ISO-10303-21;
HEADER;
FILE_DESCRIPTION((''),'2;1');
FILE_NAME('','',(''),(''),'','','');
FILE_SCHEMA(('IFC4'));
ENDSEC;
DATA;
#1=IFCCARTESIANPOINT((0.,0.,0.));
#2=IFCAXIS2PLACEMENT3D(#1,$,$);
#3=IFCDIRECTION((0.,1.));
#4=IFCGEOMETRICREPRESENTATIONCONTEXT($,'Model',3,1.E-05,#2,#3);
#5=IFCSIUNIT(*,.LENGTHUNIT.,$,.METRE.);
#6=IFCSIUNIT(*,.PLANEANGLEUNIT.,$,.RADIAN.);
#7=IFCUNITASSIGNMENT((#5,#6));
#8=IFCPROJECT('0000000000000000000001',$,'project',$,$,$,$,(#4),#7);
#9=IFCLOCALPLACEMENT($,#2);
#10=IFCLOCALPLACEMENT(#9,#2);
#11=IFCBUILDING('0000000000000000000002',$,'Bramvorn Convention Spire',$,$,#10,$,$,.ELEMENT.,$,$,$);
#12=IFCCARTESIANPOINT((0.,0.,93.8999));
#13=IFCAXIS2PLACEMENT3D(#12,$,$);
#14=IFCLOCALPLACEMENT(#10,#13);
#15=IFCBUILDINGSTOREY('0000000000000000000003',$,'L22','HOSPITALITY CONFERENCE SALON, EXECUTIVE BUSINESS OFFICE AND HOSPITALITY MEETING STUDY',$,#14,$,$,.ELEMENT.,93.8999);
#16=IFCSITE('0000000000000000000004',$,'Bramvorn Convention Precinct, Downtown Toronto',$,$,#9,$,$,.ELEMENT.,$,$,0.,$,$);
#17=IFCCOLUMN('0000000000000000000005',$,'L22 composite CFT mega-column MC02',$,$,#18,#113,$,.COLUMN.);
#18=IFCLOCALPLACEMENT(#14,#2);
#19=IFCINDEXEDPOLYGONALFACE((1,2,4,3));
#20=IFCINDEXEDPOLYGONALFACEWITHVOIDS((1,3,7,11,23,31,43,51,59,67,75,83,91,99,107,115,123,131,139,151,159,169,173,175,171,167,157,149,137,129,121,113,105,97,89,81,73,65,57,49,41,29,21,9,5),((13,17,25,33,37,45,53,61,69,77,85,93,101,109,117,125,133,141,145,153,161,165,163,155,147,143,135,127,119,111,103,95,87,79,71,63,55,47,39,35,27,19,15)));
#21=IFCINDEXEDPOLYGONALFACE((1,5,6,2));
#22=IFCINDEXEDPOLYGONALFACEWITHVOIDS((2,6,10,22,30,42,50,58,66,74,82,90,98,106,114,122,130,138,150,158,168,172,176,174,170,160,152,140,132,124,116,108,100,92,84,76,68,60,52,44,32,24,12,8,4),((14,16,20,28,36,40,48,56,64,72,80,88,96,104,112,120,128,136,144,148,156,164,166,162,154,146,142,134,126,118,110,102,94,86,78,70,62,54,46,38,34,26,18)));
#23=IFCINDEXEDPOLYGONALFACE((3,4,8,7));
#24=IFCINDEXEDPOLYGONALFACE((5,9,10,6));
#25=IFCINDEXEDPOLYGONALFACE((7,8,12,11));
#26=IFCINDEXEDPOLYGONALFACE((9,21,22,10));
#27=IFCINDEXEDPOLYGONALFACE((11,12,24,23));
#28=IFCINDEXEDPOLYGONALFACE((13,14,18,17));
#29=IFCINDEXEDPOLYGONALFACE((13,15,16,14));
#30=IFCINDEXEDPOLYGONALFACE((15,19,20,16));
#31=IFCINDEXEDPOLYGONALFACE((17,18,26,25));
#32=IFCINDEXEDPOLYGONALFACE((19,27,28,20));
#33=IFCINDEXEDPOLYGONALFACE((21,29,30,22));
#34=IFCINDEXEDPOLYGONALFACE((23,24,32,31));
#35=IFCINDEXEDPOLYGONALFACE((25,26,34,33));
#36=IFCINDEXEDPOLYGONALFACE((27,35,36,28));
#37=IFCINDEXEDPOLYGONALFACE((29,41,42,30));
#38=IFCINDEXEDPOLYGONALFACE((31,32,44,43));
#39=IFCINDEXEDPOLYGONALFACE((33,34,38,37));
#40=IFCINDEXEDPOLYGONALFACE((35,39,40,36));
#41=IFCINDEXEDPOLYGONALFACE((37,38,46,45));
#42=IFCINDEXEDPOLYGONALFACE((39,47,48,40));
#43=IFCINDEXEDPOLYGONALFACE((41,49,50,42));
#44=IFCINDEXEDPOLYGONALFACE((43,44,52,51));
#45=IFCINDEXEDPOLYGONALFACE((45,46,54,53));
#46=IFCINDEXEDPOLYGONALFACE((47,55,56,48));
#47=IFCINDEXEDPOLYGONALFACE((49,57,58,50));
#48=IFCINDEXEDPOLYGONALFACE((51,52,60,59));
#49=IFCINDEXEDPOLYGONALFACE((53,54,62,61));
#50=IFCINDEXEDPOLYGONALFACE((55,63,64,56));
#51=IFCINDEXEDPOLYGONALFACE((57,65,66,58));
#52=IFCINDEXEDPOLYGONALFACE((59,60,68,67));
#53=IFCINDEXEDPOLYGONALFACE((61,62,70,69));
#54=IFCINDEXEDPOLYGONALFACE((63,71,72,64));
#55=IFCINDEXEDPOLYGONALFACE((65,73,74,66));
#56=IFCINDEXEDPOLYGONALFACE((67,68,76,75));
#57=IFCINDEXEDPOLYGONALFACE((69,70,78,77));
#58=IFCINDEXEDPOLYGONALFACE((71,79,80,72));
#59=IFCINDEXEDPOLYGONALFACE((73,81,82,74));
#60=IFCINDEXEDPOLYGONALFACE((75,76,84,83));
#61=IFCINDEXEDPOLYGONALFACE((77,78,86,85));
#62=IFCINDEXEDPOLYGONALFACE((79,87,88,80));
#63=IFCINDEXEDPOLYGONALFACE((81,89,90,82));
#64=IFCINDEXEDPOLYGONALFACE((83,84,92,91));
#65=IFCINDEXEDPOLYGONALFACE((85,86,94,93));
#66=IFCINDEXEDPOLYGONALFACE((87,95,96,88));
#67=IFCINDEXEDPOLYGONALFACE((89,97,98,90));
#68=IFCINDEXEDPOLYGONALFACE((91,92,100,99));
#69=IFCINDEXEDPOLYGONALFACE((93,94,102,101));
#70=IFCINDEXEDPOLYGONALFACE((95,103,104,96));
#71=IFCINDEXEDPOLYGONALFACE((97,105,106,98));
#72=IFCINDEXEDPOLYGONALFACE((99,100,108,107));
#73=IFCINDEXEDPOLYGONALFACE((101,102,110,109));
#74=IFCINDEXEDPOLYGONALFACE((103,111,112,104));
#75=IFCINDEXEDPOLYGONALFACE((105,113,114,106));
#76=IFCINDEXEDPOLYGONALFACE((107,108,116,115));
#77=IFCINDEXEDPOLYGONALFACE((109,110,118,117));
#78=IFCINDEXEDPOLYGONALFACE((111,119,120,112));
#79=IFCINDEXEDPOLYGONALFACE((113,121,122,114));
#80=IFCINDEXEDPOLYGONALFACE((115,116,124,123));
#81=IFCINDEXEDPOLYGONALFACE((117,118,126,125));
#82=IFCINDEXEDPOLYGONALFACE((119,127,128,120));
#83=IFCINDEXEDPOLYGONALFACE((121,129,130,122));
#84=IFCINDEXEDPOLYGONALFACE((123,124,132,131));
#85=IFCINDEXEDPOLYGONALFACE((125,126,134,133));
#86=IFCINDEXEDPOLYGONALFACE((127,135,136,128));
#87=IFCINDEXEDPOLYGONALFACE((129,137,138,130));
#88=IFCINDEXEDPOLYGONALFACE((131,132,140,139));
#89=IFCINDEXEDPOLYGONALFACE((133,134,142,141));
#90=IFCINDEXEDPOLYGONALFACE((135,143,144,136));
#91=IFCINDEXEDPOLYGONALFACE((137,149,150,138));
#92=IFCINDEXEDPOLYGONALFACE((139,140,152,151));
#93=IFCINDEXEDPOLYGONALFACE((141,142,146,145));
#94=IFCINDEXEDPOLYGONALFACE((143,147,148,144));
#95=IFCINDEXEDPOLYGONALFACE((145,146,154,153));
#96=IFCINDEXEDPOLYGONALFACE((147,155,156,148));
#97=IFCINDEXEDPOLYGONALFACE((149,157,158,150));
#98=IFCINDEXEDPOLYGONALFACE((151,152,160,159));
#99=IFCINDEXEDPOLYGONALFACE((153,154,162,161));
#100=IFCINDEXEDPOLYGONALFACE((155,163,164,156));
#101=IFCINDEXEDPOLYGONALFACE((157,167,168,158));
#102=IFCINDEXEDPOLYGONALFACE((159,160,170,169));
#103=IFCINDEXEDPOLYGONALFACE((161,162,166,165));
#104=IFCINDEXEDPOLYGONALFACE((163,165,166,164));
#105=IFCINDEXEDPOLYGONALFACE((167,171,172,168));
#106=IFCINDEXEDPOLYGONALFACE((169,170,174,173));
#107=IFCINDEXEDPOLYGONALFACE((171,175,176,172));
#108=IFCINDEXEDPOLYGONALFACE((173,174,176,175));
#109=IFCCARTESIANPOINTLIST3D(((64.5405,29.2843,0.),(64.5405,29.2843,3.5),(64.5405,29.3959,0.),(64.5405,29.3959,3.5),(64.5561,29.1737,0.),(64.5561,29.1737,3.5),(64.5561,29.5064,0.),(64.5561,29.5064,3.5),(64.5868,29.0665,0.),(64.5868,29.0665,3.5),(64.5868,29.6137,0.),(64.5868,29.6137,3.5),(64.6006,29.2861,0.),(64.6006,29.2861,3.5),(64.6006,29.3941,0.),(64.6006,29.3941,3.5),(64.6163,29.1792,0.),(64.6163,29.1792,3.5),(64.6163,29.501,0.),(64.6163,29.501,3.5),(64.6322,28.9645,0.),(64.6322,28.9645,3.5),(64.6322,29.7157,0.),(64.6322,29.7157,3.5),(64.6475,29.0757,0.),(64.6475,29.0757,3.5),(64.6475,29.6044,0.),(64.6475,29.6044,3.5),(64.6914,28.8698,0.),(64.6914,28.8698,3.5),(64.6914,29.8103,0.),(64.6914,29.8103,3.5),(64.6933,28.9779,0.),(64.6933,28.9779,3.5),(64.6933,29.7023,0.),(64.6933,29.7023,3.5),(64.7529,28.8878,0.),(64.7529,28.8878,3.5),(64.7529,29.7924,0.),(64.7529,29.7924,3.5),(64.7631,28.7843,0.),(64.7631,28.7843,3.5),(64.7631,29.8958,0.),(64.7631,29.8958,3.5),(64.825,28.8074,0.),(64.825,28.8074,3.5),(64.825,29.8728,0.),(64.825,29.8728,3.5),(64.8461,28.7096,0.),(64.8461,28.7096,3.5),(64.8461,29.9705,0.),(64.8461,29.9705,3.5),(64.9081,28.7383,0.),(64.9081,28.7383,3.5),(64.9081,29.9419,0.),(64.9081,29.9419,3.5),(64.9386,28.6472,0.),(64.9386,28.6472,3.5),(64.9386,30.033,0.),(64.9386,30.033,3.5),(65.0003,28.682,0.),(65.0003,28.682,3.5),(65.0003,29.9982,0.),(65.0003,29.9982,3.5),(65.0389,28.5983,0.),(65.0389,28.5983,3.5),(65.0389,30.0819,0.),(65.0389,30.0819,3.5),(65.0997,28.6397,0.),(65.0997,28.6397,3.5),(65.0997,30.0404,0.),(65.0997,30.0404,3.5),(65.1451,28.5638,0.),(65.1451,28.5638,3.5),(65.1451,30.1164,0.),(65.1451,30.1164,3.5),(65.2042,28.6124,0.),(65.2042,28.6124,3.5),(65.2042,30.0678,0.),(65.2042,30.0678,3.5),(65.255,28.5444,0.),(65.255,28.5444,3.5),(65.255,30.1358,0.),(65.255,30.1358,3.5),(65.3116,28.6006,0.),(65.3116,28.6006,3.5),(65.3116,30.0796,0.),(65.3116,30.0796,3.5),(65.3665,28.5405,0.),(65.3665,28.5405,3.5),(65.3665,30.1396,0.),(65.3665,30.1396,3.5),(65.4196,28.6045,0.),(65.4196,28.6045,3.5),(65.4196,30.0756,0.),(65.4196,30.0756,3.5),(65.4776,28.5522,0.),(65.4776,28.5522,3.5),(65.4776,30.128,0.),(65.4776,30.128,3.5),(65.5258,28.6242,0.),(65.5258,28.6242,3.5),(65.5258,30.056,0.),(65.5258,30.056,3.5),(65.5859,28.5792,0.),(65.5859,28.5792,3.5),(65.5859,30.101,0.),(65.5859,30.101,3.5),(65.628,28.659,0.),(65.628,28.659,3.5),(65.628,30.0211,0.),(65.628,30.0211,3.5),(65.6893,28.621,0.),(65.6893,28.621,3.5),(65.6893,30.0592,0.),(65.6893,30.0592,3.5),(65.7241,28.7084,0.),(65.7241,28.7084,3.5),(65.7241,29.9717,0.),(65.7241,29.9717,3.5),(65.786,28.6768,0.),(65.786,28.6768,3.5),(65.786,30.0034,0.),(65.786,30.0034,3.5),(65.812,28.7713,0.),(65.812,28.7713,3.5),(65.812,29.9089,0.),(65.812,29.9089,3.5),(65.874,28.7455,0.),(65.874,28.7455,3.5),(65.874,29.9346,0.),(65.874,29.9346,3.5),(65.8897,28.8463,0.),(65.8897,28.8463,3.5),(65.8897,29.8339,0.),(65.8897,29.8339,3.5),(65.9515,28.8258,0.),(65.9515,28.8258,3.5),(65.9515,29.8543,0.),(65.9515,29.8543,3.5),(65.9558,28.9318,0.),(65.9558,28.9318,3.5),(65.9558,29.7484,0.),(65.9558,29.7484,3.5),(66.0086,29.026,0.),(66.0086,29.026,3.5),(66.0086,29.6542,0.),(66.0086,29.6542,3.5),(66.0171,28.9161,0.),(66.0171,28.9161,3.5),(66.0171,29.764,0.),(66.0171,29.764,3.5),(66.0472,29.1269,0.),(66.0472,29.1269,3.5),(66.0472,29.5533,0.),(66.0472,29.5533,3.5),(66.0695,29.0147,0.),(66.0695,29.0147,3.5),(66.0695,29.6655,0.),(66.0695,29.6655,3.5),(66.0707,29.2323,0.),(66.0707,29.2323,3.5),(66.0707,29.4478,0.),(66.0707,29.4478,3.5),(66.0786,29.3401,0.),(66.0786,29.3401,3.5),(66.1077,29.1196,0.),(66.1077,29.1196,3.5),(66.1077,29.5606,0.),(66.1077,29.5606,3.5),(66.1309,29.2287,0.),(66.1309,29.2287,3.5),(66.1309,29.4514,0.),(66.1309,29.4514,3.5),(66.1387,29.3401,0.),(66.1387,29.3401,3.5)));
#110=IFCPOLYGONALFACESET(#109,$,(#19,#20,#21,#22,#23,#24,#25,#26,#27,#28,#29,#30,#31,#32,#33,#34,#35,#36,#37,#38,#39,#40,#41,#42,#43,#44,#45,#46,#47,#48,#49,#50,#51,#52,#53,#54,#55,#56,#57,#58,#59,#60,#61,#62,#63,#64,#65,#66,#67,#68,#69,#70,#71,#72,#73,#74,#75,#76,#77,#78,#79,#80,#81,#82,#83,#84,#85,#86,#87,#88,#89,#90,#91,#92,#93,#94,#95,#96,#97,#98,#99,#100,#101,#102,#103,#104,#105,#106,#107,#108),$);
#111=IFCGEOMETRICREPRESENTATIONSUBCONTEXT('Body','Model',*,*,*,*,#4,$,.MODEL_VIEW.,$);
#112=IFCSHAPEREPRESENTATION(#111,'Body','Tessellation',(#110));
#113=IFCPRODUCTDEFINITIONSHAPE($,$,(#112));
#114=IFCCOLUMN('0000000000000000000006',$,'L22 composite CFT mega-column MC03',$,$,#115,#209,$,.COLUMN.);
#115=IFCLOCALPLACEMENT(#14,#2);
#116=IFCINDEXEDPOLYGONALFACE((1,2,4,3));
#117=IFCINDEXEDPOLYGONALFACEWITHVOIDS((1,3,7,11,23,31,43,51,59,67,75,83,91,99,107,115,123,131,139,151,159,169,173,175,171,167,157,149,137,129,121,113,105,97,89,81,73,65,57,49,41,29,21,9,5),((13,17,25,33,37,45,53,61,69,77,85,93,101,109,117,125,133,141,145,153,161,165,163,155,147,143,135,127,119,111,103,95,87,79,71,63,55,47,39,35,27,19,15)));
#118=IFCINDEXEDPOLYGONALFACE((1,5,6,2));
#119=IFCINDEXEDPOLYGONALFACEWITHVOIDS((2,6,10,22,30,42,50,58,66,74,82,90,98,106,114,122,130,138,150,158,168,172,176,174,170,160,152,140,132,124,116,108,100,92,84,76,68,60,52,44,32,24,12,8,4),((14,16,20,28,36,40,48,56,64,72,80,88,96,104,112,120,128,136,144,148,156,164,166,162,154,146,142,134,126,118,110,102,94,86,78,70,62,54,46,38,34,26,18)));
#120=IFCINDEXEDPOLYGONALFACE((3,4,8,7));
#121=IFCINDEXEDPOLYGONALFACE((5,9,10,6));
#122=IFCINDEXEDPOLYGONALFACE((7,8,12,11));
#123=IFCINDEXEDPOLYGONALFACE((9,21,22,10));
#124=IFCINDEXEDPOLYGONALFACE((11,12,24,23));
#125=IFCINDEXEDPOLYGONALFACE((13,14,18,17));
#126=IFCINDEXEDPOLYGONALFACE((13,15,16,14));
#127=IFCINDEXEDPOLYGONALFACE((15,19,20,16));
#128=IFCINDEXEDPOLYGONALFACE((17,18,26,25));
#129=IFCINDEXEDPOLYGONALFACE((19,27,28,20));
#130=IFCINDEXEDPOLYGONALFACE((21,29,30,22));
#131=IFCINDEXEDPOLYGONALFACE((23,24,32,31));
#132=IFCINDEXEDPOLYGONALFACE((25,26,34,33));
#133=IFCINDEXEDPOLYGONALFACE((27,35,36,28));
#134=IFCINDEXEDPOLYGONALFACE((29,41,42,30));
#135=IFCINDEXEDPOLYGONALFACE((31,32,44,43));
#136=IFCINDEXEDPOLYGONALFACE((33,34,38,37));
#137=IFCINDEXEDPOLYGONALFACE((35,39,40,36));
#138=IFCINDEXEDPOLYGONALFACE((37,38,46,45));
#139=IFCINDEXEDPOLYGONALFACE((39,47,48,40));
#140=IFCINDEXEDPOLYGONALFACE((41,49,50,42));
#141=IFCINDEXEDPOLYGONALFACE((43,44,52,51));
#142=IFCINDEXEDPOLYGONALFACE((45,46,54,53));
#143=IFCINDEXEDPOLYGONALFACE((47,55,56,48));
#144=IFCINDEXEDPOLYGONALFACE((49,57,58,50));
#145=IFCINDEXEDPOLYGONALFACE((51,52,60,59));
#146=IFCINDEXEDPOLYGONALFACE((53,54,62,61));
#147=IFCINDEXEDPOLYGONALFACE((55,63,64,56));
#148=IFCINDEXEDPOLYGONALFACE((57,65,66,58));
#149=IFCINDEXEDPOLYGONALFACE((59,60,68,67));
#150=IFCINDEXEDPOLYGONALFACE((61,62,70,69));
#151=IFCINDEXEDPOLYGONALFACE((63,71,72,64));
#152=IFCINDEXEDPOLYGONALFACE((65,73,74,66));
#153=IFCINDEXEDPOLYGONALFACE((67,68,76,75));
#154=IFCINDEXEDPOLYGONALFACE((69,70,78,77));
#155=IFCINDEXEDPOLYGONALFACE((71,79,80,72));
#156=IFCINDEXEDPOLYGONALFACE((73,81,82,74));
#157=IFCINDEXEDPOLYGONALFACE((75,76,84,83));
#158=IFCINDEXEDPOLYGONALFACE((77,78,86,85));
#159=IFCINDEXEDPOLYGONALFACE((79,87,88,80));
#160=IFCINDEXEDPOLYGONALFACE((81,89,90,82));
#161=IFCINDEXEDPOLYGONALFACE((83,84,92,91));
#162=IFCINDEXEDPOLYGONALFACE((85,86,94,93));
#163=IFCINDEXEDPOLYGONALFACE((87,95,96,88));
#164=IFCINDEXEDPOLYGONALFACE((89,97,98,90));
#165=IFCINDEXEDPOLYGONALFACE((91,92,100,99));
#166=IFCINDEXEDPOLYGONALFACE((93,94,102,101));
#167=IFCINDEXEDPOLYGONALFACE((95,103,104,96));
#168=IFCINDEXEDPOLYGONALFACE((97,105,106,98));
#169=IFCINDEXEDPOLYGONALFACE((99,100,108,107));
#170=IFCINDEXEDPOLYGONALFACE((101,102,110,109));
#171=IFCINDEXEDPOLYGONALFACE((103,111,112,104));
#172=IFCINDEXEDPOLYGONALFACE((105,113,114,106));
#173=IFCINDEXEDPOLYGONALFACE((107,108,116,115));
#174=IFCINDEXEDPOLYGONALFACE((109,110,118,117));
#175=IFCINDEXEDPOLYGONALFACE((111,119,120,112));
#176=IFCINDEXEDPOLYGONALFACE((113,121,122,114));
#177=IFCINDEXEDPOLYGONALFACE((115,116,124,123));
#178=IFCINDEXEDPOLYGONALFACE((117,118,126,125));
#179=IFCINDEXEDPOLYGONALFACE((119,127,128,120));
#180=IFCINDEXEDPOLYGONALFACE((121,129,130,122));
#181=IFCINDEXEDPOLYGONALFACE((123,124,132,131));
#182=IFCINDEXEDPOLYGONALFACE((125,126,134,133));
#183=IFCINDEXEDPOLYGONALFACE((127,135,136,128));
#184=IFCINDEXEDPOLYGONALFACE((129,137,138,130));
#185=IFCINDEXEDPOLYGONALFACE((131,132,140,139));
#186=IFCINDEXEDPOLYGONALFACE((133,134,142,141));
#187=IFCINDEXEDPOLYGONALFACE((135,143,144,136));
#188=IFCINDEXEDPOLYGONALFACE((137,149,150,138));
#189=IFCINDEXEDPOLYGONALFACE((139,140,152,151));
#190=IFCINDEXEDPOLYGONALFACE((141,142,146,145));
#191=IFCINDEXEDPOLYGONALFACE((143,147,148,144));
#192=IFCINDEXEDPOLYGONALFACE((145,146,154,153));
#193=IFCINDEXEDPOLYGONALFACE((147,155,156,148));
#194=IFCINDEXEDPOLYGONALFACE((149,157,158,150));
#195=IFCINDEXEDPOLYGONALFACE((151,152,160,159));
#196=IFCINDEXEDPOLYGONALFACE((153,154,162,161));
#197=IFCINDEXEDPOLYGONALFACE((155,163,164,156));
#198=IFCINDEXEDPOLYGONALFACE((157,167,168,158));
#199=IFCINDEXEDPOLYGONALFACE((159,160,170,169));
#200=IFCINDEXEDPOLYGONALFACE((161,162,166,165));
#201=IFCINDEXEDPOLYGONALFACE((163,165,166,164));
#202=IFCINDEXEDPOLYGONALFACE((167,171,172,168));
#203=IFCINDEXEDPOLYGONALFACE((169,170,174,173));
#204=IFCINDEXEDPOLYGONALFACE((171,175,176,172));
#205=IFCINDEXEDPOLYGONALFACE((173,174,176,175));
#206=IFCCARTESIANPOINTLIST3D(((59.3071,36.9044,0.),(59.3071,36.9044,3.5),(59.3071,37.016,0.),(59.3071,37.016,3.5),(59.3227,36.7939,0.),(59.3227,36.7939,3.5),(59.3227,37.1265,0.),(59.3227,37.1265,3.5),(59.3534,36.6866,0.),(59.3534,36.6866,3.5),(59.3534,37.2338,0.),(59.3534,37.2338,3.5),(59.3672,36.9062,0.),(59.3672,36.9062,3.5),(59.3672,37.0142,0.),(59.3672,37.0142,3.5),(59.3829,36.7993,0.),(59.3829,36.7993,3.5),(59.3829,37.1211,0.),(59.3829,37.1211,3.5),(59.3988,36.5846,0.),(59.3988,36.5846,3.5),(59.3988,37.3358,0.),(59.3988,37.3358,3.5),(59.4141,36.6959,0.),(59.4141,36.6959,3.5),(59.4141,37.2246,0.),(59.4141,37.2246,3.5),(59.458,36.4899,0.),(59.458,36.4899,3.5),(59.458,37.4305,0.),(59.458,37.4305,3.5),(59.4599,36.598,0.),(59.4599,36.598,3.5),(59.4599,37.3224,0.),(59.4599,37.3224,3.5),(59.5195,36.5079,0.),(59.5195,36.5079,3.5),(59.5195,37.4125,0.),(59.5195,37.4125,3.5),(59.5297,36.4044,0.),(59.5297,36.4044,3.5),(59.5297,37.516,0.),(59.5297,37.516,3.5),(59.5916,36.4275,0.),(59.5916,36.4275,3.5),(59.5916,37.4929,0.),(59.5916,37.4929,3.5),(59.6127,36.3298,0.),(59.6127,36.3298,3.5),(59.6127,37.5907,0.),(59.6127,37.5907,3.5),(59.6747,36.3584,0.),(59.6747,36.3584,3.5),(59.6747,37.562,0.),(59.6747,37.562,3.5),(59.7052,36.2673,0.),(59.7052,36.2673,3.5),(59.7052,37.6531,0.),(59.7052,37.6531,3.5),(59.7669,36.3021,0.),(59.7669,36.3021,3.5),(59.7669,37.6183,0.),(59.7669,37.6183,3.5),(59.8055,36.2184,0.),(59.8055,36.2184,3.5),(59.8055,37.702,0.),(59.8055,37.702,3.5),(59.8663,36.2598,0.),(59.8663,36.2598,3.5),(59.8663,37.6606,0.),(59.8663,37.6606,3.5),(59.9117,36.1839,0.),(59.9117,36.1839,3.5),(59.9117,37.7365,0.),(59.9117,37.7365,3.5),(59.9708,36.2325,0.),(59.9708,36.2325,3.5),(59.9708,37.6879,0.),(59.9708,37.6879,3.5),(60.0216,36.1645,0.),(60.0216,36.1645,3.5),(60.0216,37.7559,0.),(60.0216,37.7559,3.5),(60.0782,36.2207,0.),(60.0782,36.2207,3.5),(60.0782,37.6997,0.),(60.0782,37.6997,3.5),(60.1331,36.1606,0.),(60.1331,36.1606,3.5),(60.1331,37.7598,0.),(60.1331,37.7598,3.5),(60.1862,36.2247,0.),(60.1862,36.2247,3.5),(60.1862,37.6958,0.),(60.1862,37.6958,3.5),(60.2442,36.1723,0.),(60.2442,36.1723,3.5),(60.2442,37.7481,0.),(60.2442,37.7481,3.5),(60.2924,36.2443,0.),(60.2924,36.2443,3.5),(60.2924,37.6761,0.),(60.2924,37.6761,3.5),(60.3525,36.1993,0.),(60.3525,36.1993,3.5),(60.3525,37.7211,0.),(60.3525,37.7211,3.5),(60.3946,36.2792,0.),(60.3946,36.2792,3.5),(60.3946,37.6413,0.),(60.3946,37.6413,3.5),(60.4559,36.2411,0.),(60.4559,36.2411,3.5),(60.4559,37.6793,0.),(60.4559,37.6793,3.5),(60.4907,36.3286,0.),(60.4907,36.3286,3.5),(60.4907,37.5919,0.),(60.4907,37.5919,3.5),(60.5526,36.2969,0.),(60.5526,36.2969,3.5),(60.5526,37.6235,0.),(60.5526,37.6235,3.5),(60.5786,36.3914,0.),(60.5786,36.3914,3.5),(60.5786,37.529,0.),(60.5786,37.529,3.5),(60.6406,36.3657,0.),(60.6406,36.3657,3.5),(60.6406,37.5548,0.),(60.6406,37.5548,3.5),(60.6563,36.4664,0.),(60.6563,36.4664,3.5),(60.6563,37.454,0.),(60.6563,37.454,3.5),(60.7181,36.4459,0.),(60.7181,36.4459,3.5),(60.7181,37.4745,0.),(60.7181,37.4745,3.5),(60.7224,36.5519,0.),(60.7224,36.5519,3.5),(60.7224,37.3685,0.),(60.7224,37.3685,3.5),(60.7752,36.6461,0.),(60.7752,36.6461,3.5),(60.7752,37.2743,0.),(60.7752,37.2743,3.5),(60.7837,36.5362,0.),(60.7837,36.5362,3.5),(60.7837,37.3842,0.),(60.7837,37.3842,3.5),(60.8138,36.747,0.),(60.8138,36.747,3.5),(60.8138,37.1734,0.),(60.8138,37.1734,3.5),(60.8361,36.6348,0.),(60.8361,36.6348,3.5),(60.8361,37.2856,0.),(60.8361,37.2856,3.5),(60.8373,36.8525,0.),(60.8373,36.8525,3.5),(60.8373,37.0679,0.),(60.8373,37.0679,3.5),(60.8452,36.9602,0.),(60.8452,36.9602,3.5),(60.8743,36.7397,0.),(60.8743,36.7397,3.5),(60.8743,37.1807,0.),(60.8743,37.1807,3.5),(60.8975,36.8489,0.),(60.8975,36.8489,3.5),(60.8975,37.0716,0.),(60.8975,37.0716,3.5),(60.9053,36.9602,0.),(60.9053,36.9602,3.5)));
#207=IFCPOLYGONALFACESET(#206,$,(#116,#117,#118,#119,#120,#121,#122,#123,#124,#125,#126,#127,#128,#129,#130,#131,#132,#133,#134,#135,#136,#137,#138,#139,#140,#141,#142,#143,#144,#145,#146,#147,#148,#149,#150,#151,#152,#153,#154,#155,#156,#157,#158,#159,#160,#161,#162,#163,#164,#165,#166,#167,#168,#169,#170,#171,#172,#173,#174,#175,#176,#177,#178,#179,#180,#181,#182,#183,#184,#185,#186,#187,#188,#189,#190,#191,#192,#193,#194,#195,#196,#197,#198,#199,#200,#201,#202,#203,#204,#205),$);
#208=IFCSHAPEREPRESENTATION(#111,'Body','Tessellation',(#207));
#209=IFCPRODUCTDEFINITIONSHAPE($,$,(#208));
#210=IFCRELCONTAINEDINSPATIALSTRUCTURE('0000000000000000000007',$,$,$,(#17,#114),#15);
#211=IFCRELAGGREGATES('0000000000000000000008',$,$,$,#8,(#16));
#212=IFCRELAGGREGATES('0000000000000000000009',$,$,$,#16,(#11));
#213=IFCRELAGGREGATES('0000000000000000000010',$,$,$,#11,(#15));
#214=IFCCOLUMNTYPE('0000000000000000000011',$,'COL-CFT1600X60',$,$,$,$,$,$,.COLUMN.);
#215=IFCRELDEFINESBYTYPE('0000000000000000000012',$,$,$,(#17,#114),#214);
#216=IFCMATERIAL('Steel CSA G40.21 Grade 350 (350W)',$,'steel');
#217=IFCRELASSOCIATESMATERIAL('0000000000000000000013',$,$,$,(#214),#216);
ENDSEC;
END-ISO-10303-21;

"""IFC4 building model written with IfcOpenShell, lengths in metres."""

from ifc_helpers import new_model, si_unit, direction, frame, origin, origin_2d, place, context, subcontext, project, spatial, hollow_circle, extrude, material, material_profile, profile_set, type_object, element, save


model = new_model("IFC4")

# Units and contexts
model_context = context("Model", 3, precision=1e-05, world=origin(), true_north=direction((0.0, 1.0)))
body_context = subcontext(model_context, "Body", "Model", "MODEL_VIEW")
ifc_project = project(units=[si_unit("LENGTHUNIT", "METRE"), si_unit("PLANEANGLEUNIT", "RADIAN")], contexts=[model_context])

# Site, building, storey
site_placement = place(None, origin())
site = spatial("IfcSite", under=ifc_project, at=site_placement, Name="Bramvorn Convention Precinct, Downtown Toronto", CompositionType="ELEMENT", RefElevation=0.0)
building_placement = place(site_placement, origin())
building = spatial("IfcBuilding", under=site, at=building_placement, Name="Bramvorn Convention Spire", CompositionType="ELEMENT")
storey_placement = place(building_placement, frame((0.0, 0.0, 93.8999)))
storey = spatial("IfcBuildingStorey", under=building, at=storey_placement, Name="L22", Description="HOSPITALITY CONFERENCE SALON, EXECUTIVE BUSINESS OFFICE AND HOSPITALITY MEETING STUDY", CompositionType="ELEMENT", Elevation=93.8999)

# Columns
ifc_material_1 = material(Name="Steel CSA G40.21 Grade 350 (350W)", Category="steel")
ifc_material_profile_1 = material_profile(ifc_material_1, hollow_circle(Radius=0.8, WallThickness=0.0601, at=origin_2d()))
ifc_profile_set_1 = profile_set([ifc_material_profile_1], Name="Steel CSA G40.21 Grade 350 (350W) - CFT1600X60")
column_type = type_object("IfcColumnType", Name="COL-CFT1600X60", PredefinedType="COLUMN", material=ifc_profile_set_1)
for number, where, z_axis, x_axis, name in (
    (1, (65.3386, 29.3401, 0.0), (0.0, 0.0, 1.0), (1.0, 0.0, 0.0), "L22 composite CFT mega-column MC02"),
    (2, (60.1052, 36.9602, 0.0), (0.0, 0.0, 1.0), (1.0, 0.0, 0.0), "L22 composite CFT mega-column MC03"),
):
    element("IfcColumn", number, at=place(storey_placement, frame(where, z_axis=z_axis, x_axis=x_axis)), inside=storey, type_object=column_type, Name=name, PredefinedType="COLUMN", context=body_context, shape_type="SweptSolid", body=[
        extrude(hollow_circle(Radius=0.8, WallThickness=0.0601, at=origin_2d()), origin(), (0.0, 0.0, 1.0), 3.5),
    ])

save(model, "model.ifc")
